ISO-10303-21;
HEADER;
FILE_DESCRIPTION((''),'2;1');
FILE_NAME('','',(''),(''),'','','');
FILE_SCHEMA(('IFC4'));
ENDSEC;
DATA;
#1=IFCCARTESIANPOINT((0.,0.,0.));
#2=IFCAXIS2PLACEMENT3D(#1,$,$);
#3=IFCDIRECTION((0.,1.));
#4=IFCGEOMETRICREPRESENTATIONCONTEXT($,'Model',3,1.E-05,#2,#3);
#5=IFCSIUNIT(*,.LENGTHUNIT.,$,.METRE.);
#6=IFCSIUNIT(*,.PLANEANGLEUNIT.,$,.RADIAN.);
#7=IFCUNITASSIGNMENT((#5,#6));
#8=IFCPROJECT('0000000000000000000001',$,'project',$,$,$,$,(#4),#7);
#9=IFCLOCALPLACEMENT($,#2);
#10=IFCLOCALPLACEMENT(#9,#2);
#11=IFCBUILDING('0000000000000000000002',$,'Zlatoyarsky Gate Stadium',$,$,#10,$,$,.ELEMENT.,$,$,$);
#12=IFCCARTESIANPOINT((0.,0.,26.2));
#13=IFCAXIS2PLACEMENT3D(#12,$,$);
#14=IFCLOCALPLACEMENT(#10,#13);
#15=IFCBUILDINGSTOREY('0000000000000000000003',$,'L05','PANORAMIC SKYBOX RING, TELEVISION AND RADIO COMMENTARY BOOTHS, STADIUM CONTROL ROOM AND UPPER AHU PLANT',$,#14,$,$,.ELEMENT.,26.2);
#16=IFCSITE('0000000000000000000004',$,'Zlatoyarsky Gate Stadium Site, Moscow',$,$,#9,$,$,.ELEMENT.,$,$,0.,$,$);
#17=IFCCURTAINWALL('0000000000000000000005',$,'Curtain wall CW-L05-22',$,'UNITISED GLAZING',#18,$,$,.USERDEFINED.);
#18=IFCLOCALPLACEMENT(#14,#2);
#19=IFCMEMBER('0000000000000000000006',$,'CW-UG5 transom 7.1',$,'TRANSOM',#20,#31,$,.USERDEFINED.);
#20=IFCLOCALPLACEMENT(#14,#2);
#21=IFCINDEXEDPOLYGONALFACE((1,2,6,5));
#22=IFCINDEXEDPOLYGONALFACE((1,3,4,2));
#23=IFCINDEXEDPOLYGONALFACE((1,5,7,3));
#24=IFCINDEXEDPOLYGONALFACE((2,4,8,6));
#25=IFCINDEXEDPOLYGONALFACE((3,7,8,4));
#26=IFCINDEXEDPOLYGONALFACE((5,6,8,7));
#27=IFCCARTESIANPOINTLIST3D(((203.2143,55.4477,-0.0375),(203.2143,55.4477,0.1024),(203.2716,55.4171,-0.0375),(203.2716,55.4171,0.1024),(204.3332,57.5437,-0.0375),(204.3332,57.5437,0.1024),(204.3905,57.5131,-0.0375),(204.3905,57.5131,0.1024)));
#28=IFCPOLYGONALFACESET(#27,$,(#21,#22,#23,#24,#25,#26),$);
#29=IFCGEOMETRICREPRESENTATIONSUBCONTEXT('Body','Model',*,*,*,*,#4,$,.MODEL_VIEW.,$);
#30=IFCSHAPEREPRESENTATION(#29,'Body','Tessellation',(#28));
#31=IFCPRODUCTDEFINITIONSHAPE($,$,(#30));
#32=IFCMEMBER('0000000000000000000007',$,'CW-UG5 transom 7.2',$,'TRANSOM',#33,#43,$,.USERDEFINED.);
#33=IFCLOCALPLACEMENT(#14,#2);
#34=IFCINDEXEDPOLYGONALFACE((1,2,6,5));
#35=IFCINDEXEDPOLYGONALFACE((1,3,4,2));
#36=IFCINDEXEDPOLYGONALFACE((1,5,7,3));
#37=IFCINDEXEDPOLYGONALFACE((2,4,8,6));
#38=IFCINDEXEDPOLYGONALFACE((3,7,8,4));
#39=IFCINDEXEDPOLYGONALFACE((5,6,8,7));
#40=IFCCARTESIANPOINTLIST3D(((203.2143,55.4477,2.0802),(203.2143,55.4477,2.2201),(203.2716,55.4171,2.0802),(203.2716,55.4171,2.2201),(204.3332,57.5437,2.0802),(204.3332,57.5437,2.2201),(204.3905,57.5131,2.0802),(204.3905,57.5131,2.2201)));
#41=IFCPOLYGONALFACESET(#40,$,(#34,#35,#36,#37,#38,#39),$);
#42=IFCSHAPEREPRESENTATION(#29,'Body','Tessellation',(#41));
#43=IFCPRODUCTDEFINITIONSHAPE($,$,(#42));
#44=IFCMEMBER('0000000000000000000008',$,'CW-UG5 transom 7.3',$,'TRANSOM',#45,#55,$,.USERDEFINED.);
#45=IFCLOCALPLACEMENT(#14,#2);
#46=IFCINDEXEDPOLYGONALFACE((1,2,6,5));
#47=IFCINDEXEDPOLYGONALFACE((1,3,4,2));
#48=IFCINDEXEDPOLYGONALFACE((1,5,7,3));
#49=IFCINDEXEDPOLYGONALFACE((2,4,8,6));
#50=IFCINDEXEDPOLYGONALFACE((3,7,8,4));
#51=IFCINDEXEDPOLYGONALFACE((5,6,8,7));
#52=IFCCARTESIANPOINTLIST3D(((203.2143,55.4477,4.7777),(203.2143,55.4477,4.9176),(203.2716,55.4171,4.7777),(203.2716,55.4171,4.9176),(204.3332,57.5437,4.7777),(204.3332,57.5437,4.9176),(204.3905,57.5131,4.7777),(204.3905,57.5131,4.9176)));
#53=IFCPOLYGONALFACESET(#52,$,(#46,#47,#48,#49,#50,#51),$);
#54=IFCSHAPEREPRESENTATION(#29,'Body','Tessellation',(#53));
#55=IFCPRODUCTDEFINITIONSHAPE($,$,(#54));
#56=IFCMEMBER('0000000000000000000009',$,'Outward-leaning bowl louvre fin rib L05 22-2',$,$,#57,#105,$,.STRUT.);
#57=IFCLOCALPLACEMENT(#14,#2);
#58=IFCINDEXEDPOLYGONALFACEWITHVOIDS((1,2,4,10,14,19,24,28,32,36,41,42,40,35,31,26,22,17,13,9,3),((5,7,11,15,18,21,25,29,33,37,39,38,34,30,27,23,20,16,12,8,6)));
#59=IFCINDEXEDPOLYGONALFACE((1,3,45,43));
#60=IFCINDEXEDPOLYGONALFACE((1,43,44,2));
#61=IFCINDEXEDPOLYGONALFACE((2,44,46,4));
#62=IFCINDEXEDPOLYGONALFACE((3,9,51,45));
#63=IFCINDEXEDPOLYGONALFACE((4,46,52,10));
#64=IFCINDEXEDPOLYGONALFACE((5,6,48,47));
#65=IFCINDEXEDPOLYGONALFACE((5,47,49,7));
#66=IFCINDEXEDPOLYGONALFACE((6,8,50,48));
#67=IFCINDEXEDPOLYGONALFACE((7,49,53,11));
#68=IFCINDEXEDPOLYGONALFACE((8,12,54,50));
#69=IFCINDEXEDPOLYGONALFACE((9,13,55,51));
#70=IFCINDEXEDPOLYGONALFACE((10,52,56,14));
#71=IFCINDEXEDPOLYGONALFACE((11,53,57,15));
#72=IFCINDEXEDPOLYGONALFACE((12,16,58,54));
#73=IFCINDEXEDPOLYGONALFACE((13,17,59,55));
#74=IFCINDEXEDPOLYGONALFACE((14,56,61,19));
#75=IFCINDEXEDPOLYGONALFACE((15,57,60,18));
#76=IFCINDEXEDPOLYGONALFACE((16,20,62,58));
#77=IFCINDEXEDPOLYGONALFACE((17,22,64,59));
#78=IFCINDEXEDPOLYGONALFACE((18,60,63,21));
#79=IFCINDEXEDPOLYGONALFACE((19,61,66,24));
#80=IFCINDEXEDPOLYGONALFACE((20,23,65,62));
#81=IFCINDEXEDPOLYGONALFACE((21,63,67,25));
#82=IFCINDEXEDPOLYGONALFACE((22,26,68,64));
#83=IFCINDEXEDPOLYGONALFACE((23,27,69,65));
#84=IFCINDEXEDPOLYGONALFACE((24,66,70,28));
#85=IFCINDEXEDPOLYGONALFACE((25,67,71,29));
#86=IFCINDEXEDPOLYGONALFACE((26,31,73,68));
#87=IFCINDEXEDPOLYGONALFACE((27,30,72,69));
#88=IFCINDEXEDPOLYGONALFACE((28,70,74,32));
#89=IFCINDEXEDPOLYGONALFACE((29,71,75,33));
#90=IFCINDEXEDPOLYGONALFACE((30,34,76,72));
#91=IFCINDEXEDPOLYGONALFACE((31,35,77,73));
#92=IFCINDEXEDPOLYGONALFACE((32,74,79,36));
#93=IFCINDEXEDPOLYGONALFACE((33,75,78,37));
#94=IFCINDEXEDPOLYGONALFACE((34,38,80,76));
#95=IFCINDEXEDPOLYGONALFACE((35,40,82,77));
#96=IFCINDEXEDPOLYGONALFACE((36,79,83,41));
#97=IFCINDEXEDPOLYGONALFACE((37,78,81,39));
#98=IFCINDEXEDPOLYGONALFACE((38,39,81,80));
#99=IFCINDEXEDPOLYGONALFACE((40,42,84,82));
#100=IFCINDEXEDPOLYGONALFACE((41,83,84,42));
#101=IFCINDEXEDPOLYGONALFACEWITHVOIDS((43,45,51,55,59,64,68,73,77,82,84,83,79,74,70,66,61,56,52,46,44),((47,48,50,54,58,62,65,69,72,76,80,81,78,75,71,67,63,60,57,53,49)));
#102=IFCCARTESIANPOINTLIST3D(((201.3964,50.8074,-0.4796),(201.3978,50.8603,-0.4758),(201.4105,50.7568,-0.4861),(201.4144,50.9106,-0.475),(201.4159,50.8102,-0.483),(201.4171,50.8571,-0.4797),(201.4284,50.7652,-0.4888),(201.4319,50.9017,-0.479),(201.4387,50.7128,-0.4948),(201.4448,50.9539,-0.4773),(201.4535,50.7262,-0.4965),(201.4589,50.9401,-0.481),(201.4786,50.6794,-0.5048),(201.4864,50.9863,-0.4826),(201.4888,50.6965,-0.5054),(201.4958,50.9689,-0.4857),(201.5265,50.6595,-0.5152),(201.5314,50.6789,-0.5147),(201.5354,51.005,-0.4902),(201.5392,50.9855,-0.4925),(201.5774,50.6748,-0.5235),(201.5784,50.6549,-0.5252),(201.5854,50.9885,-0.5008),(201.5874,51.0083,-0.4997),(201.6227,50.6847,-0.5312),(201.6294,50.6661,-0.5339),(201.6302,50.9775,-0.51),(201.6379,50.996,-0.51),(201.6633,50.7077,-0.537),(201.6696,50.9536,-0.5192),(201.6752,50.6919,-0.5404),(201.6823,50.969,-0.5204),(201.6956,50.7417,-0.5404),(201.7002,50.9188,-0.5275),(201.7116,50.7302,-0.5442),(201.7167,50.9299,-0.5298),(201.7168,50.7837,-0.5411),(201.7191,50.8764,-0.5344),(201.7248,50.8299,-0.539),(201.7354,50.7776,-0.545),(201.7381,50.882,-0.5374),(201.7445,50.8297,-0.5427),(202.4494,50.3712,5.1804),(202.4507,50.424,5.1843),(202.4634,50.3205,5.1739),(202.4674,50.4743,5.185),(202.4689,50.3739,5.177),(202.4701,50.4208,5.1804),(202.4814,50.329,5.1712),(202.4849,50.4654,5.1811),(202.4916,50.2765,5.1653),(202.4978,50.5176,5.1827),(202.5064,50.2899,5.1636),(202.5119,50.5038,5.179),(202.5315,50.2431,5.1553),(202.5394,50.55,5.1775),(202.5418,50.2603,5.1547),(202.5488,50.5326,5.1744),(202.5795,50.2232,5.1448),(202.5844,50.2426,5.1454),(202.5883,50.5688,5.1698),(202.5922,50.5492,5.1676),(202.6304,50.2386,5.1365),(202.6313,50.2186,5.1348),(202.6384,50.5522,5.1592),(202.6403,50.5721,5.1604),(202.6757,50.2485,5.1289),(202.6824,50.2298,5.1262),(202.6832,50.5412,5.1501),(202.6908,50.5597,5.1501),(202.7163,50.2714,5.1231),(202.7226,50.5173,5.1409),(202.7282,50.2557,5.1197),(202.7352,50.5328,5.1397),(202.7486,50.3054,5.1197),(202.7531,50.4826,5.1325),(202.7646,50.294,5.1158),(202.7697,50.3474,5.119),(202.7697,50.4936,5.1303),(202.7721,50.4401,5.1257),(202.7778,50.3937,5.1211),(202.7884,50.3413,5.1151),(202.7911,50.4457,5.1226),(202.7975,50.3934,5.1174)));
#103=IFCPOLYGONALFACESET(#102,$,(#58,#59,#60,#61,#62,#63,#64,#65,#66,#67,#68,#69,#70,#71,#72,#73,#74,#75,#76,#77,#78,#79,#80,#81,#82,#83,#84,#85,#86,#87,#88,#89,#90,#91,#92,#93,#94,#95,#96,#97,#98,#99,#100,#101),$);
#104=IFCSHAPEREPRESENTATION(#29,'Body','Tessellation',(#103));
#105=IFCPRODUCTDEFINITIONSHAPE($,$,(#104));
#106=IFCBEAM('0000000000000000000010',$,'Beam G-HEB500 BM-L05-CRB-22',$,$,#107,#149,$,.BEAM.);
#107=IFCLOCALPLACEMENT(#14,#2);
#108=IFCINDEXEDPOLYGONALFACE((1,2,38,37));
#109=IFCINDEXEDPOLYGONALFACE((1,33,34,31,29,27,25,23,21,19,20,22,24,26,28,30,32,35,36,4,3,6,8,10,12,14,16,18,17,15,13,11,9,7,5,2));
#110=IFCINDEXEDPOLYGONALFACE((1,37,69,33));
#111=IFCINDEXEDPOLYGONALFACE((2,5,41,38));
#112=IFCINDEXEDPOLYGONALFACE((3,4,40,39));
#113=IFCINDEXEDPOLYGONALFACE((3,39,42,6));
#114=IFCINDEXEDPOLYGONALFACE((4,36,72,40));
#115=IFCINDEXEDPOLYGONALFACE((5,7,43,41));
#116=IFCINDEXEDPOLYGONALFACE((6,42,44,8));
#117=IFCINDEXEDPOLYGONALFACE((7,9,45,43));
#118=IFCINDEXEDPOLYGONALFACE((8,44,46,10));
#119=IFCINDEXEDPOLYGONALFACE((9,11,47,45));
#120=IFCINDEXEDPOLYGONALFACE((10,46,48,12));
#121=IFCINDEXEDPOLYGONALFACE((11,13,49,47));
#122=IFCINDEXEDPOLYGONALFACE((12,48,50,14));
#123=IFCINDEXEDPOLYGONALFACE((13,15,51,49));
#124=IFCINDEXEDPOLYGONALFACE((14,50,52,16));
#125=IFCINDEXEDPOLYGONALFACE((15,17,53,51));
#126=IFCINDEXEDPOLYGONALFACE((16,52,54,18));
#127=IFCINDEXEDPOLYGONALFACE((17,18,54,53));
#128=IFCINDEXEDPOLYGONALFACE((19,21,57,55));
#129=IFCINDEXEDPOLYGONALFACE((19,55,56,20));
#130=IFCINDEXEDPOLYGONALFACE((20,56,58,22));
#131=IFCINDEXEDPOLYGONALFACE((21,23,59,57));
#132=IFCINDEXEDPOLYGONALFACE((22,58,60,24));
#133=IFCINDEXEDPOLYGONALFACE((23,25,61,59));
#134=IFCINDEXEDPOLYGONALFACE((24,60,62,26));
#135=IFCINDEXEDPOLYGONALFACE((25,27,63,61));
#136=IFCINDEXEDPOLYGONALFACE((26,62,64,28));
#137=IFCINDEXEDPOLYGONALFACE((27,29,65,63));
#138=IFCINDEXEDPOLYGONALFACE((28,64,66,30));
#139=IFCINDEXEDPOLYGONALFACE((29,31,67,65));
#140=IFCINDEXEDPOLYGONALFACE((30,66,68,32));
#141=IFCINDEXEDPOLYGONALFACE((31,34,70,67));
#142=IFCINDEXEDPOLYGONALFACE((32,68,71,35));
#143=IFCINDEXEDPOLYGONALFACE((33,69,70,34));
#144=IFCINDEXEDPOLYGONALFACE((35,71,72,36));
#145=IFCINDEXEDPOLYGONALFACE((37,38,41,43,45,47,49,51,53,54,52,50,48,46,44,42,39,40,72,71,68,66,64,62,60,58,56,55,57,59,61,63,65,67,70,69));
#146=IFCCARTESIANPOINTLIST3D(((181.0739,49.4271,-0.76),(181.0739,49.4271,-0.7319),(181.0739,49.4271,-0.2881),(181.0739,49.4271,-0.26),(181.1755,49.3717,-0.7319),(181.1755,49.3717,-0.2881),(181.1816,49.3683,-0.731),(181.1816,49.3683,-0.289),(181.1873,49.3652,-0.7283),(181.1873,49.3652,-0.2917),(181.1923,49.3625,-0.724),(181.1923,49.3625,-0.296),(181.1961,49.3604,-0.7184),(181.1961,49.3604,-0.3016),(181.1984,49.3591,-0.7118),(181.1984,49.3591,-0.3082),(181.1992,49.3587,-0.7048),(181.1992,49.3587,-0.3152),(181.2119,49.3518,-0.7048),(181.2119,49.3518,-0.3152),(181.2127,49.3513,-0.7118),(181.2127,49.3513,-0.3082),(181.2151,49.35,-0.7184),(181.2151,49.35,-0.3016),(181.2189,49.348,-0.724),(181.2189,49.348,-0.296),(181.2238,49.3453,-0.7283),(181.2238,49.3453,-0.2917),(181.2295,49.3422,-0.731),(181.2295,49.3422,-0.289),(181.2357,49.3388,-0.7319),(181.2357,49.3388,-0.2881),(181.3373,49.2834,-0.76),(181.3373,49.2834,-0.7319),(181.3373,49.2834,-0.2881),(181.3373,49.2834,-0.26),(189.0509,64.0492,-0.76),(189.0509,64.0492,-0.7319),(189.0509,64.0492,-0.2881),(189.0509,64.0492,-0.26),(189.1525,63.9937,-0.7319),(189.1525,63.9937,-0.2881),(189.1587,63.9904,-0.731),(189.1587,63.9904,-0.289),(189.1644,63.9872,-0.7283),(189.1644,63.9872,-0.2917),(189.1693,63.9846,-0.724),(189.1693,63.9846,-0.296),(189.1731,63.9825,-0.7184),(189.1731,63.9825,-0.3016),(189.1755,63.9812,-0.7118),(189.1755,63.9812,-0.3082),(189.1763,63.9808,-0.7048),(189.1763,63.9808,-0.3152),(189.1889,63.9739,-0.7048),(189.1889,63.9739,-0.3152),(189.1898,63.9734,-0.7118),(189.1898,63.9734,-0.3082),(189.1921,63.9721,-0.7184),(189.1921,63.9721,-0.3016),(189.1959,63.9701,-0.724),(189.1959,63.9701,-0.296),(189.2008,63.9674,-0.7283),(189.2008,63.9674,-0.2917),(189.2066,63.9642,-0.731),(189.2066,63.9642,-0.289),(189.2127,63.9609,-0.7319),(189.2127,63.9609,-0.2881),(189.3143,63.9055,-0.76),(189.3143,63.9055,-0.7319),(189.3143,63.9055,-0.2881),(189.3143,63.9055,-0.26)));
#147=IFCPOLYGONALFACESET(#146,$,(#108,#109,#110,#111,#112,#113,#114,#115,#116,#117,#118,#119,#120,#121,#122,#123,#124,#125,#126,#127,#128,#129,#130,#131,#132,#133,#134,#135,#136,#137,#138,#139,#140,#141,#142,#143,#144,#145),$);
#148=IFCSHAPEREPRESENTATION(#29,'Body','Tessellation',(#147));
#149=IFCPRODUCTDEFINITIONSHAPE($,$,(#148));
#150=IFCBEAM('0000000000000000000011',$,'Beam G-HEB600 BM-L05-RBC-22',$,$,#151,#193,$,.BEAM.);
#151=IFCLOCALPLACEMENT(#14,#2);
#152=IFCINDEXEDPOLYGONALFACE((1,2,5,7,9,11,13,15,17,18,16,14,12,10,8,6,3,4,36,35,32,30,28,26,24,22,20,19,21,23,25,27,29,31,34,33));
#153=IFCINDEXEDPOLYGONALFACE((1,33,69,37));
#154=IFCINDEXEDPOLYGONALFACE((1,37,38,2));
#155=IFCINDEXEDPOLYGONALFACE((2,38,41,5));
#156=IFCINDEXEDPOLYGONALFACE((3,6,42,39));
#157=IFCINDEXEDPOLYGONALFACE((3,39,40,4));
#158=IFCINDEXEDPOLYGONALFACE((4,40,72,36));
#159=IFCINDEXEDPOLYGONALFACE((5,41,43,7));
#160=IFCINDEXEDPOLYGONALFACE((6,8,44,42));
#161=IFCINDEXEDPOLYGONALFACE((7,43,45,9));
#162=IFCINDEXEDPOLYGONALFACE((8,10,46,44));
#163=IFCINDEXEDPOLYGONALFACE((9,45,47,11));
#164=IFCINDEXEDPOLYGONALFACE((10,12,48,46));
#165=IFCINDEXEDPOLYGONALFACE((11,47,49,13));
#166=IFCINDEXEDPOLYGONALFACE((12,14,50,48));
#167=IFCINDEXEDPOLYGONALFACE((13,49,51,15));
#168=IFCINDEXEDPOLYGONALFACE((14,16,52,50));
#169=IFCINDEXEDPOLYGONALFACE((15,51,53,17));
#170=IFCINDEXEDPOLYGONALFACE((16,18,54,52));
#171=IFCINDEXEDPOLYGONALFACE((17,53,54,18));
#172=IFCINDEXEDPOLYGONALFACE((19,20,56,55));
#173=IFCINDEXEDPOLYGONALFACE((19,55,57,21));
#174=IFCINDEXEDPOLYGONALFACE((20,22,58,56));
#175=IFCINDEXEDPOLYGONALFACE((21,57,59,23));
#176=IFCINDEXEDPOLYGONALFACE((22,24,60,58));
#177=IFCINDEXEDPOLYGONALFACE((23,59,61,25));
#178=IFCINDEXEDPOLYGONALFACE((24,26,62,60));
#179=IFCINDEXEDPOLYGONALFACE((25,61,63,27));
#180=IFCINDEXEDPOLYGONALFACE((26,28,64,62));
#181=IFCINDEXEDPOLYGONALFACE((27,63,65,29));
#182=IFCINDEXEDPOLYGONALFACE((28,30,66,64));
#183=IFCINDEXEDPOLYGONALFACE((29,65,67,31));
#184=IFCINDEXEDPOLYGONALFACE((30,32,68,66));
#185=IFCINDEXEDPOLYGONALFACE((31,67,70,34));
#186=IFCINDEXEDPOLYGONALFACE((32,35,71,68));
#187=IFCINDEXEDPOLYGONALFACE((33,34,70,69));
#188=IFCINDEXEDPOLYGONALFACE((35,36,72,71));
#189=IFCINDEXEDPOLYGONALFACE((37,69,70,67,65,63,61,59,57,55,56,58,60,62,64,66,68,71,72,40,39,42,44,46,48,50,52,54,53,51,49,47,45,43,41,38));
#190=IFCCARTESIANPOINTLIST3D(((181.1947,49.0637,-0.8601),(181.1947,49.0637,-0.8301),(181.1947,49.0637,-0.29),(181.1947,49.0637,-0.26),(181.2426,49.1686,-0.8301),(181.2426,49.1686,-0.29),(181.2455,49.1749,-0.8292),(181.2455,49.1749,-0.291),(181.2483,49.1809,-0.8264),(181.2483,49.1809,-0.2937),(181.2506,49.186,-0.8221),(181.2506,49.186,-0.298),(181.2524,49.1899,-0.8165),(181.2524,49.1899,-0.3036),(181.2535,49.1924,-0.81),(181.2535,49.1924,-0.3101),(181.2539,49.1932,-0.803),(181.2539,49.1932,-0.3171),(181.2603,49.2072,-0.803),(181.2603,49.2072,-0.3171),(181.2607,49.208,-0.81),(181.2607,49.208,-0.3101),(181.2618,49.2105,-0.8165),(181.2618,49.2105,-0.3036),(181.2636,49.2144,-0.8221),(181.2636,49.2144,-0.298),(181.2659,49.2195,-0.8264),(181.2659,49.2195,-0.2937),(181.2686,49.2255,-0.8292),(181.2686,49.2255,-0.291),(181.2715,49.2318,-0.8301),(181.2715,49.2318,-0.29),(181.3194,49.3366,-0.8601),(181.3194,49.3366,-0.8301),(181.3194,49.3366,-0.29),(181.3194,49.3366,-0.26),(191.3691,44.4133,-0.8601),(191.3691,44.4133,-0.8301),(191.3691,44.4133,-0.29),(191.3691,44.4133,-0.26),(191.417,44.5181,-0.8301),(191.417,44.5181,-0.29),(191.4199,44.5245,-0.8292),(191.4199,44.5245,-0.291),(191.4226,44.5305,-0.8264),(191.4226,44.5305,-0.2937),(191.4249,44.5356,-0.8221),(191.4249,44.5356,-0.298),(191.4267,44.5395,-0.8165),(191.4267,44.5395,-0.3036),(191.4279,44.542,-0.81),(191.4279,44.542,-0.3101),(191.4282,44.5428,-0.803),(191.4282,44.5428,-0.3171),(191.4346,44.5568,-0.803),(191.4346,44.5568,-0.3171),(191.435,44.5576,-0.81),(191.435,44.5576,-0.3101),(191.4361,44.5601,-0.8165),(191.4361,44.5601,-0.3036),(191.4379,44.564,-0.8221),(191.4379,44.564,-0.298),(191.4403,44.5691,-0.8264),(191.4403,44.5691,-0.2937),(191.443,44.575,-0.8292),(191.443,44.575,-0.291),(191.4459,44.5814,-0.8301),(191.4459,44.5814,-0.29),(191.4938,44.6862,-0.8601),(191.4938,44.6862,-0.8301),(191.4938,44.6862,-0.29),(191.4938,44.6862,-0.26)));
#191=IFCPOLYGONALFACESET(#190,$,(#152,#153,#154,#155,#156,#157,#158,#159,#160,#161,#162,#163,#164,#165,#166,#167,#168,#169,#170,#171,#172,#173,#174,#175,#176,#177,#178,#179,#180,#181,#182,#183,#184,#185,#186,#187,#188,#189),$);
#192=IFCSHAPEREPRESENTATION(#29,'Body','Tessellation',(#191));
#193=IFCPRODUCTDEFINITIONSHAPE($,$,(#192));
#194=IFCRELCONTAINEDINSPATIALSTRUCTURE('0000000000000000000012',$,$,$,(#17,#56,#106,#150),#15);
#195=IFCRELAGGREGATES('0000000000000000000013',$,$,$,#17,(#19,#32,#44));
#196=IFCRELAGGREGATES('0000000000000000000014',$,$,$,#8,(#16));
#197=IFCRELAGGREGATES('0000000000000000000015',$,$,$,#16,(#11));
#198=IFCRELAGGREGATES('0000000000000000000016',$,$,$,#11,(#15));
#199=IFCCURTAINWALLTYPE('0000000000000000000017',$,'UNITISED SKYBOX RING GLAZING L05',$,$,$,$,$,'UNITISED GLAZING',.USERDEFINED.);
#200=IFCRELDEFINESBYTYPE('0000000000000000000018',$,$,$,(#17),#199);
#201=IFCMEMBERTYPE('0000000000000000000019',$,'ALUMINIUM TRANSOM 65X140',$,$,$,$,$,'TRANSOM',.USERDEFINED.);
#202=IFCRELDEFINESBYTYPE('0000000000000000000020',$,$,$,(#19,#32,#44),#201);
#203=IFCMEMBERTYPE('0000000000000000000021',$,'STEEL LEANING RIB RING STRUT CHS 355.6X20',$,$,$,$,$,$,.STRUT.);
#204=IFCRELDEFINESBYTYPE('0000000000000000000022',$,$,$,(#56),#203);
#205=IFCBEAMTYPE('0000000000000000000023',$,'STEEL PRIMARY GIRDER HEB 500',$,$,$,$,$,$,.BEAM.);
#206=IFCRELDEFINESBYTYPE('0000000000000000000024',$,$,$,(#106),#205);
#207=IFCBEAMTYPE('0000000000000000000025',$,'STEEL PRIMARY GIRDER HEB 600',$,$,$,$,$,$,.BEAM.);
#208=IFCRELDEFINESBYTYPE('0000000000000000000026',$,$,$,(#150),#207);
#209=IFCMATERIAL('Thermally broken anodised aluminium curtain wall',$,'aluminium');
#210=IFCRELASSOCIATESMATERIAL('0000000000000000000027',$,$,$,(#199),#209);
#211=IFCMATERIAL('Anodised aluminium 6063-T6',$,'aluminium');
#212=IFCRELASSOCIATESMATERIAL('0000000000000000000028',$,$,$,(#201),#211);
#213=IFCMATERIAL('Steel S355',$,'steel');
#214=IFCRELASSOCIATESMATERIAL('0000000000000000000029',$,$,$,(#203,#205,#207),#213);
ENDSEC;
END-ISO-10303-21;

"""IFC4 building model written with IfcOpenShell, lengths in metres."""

from ifc_helpers import new_model, si_unit, direction, frame, origin, origin_2d, place, context, subcontext, project, spatial, rectangle, hollow_circle, i_section, extrude, material, material_profile, profile_set, type_object, element, aggregate, save


model = new_model("IFC4")

# Units and contexts
model_context = context("Model", 3, precision=1e-05, world=origin(), true_north=direction((0.0, 1.0)))
body_context = subcontext(model_context, "Body", "Model", "MODEL_VIEW")
ifc_project = project(units=[si_unit("LENGTHUNIT", "METRE"), si_unit("PLANEANGLEUNIT", "RADIAN")], contexts=[model_context])

# Site, building, storey
site_placement = place(None, origin())
site = spatial("IfcSite", under=ifc_project, at=site_placement, Name="Zlatoyarsky Gate Stadium Site, Moscow", CompositionType="ELEMENT", RefElevation=0.0)
building_placement = place(site_placement, origin())
building = spatial("IfcBuilding", under=site, at=building_placement, Name="Zlatoyarsky Gate Stadium", CompositionType="ELEMENT")
storey_placement = place(building_placement, frame((0.0, 0.0, 26.2)))
storey = spatial("IfcBuildingStorey", under=building, at=storey_placement, Name="L05", Description="PANORAMIC SKYBOX RING, TELEVISION AND RADIO COMMENTARY BOOTHS, STADIUM CONTROL ROOM AND UPPER AHU PLANT", CompositionType="ELEMENT", Elevation=26.2)

# Shared definitions
ifc_material_1 = material(Name="Steel S355", Category="steel")

# Curtain wall, members
ifc_material_2 = material(Name="Thermally broken anodised aluminium curtain wall", Category="aluminium")
curtain_wall_type = type_object("IfcCurtainWallType", Name="UNITISED SKYBOX RING GLAZING L05", ElementType="UNITISED GLAZING", PredefinedType="USERDEFINED", material=ifc_material_2)
curtain_wall_placement = place(storey_placement, origin())
curtain_wall = element("IfcCurtainWall", 1, at=curtain_wall_placement, inside=storey, type_object=curtain_wall_type, Name="Curtain wall CW-L05-22", ObjectType="UNITISED GLAZING", PredefinedType="USERDEFINED")
ifc_material_3 = material(Name="Anodised aluminium 6063-T6", Category="aluminium")
ifc_material_profile_1 = material_profile(ifc_material_3, rectangle(XDim=0.0649, YDim=0.1399, at=origin_2d()), Name="ALU 65X140")
ifc_profile_set_1 = profile_set([ifc_material_profile_1], Name="Anodised aluminium 6063-T6")
member_type_1 = type_object("IfcMemberType", Name="ALUMINIUM TRANSOM 65X140", ElementType="TRANSOM", PredefinedType="USERDEFINED", material=ifc_profile_set_1)
member_1_placement = place(storey_placement, frame((203.2429, 55.4324, 0.0325), z_axis=(0.470935, 0.882168, 0.0), x_axis=(-0.882168, 0.470935, 0.0)))
member_1 = element("IfcMember", 2, at=member_1_placement, type_object=member_type_1, Name="CW-UG5 transom 7.1", ObjectType="TRANSOM", PredefinedType="USERDEFINED", context=body_context, shape_type="SweptSolid", body=[
    extrude(rectangle(XDim=0.0649, YDim=0.1399, at=origin_2d()), origin(), (0.0, 0.0, 1.0), 2.376),
])
member_2_placement = place(storey_placement, frame((203.2429, 55.4324, 2.1501), z_axis=(0.470935, 0.882168, 0.0), x_axis=(-0.882168, 0.470935, 0.0)))
member_2 = element("IfcMember", 3, at=member_2_placement, type_object=member_type_1, Name="CW-UG5 transom 7.2", ObjectType="TRANSOM", PredefinedType="USERDEFINED", context=body_context, shape_type="SweptSolid", body=[
    extrude(rectangle(XDim=0.0649, YDim=0.1399, at=origin_2d()), origin(), (0.0, 0.0, 1.0), 2.376),
])
member_3_placement = place(storey_placement, frame((203.2429, 55.4324, 4.8477), z_axis=(0.470935, 0.882168, 0.0), x_axis=(-0.882168, 0.470935, 0.0)))
member_3 = element("IfcMember", 4, at=member_3_placement, type_object=member_type_1, Name="CW-UG5 transom 7.3", ObjectType="TRANSOM", PredefinedType="USERDEFINED", context=body_context, shape_type="SweptSolid", body=[
    extrude(rectangle(XDim=0.0649, YDim=0.1399, at=origin_2d()), origin(), (0.0, 0.0, 1.0), 2.376),
])

# Member
ifc_material_profile_2 = material_profile(ifc_material_1, hollow_circle(Radius=0.1777, WallThickness=0.02, at=origin_2d()), Name="CHS 355.6X20")
ifc_profile_set_2 = profile_set([ifc_material_profile_2], Name="Steel S355")
member_type_2 = type_object("IfcMemberType", Name="STEEL LEANING RIB RING STRUT CHS 355.6X20", PredefinedType="STRUT", material=ifc_profile_set_2)
member_4_placement = place(storey_placement, frame((201.5698, 50.8318, -0.51), z_axis=(0.182373, -0.075562, 0.980322), x_axis=(0.382774, 0.923842, 0.0)))
element("IfcMember", 5, at=member_4_placement, inside=storey, type_object=member_type_2, Name="Outward-leaning bowl louvre fin rib L05 22-2", PredefinedType="STRUT", context=body_context, shape_type="SweptSolid", body=[
    extrude(hollow_circle(Radius=0.1777, WallThickness=0.02, at=origin_2d()), origin(), (0.0, 0.0, 1.0), 5.7737),
])

# Beams
ifc_material_profile_3 = material_profile(ifc_material_1, i_section(OverallWidth=0.3, OverallDepth=0.5, WebThickness=0.0144, FlangeThickness=0.0281, FilletRadius=0.0271, at=origin_2d()), Name="HEB 500")
ifc_profile_set_3 = profile_set([ifc_material_profile_3], Name="Steel S355")
beam_type_1 = type_object("IfcBeamType", Name="STEEL PRIMARY GIRDER HEB 500", PredefinedType="BEAM", material=ifc_profile_set_3)
beam_1_placement = place(storey_placement, frame((181.2056, 49.3552, -0.51), z_axis=(0.478916, 0.877861, 0.0), x_axis=(-0.877861, 0.478916, 0.0)))
element("IfcBeam", 6, at=beam_1_placement, inside=storey, type_object=beam_type_1, Name="Beam G-HEB500 BM-L05-CRB-22", PredefinedType="BEAM", context=body_context, shape_type="SweptSolid", body=[
    extrude(i_section(OverallWidth=0.3, OverallDepth=0.5, WebThickness=0.0144, FlangeThickness=0.0281, FilletRadius=0.0271, at=origin_2d()), origin(), (0.0, 0.0, 1.0), 16.6565),
])
ifc_material_profile_4 = material_profile(ifc_material_1, i_section(OverallWidth=0.3, OverallDepth=0.6001, WebThickness=0.0154, FlangeThickness=0.03, FilletRadius=0.0271, at=origin_2d()), Name="HEB 600")
ifc_profile_set_4 = profile_set([ifc_material_profile_4], Name="Steel S355")
beam_type_2 = type_object("IfcBeamType", Name="STEEL PRIMARY GIRDER HEB 600", PredefinedType="BEAM", material=ifc_profile_set_4)
beam_2_placement = place(storey_placement, frame((181.2571, 49.2002, -0.5601), z_axis=(0.909499, -0.415706, 0.0), x_axis=(0.415706, 0.909499, 0.0)))
element("IfcBeam", 7, at=beam_2_placement, inside=storey, type_object=beam_type_2, Name="Beam G-HEB600 BM-L05-RBC-22", PredefinedType="BEAM", context=body_context, shape_type="SweptSolid", body=[
    extrude(i_section(OverallWidth=0.3, OverallDepth=0.6001, WebThickness=0.0154, FlangeThickness=0.03, FilletRadius=0.0271, at=origin_2d()), origin(), (0.0, 0.0, 1.0), 11.1868),
])

aggregate(curtain_wall, [member_1, member_2, member_3])

save(model, "model.ifc")
